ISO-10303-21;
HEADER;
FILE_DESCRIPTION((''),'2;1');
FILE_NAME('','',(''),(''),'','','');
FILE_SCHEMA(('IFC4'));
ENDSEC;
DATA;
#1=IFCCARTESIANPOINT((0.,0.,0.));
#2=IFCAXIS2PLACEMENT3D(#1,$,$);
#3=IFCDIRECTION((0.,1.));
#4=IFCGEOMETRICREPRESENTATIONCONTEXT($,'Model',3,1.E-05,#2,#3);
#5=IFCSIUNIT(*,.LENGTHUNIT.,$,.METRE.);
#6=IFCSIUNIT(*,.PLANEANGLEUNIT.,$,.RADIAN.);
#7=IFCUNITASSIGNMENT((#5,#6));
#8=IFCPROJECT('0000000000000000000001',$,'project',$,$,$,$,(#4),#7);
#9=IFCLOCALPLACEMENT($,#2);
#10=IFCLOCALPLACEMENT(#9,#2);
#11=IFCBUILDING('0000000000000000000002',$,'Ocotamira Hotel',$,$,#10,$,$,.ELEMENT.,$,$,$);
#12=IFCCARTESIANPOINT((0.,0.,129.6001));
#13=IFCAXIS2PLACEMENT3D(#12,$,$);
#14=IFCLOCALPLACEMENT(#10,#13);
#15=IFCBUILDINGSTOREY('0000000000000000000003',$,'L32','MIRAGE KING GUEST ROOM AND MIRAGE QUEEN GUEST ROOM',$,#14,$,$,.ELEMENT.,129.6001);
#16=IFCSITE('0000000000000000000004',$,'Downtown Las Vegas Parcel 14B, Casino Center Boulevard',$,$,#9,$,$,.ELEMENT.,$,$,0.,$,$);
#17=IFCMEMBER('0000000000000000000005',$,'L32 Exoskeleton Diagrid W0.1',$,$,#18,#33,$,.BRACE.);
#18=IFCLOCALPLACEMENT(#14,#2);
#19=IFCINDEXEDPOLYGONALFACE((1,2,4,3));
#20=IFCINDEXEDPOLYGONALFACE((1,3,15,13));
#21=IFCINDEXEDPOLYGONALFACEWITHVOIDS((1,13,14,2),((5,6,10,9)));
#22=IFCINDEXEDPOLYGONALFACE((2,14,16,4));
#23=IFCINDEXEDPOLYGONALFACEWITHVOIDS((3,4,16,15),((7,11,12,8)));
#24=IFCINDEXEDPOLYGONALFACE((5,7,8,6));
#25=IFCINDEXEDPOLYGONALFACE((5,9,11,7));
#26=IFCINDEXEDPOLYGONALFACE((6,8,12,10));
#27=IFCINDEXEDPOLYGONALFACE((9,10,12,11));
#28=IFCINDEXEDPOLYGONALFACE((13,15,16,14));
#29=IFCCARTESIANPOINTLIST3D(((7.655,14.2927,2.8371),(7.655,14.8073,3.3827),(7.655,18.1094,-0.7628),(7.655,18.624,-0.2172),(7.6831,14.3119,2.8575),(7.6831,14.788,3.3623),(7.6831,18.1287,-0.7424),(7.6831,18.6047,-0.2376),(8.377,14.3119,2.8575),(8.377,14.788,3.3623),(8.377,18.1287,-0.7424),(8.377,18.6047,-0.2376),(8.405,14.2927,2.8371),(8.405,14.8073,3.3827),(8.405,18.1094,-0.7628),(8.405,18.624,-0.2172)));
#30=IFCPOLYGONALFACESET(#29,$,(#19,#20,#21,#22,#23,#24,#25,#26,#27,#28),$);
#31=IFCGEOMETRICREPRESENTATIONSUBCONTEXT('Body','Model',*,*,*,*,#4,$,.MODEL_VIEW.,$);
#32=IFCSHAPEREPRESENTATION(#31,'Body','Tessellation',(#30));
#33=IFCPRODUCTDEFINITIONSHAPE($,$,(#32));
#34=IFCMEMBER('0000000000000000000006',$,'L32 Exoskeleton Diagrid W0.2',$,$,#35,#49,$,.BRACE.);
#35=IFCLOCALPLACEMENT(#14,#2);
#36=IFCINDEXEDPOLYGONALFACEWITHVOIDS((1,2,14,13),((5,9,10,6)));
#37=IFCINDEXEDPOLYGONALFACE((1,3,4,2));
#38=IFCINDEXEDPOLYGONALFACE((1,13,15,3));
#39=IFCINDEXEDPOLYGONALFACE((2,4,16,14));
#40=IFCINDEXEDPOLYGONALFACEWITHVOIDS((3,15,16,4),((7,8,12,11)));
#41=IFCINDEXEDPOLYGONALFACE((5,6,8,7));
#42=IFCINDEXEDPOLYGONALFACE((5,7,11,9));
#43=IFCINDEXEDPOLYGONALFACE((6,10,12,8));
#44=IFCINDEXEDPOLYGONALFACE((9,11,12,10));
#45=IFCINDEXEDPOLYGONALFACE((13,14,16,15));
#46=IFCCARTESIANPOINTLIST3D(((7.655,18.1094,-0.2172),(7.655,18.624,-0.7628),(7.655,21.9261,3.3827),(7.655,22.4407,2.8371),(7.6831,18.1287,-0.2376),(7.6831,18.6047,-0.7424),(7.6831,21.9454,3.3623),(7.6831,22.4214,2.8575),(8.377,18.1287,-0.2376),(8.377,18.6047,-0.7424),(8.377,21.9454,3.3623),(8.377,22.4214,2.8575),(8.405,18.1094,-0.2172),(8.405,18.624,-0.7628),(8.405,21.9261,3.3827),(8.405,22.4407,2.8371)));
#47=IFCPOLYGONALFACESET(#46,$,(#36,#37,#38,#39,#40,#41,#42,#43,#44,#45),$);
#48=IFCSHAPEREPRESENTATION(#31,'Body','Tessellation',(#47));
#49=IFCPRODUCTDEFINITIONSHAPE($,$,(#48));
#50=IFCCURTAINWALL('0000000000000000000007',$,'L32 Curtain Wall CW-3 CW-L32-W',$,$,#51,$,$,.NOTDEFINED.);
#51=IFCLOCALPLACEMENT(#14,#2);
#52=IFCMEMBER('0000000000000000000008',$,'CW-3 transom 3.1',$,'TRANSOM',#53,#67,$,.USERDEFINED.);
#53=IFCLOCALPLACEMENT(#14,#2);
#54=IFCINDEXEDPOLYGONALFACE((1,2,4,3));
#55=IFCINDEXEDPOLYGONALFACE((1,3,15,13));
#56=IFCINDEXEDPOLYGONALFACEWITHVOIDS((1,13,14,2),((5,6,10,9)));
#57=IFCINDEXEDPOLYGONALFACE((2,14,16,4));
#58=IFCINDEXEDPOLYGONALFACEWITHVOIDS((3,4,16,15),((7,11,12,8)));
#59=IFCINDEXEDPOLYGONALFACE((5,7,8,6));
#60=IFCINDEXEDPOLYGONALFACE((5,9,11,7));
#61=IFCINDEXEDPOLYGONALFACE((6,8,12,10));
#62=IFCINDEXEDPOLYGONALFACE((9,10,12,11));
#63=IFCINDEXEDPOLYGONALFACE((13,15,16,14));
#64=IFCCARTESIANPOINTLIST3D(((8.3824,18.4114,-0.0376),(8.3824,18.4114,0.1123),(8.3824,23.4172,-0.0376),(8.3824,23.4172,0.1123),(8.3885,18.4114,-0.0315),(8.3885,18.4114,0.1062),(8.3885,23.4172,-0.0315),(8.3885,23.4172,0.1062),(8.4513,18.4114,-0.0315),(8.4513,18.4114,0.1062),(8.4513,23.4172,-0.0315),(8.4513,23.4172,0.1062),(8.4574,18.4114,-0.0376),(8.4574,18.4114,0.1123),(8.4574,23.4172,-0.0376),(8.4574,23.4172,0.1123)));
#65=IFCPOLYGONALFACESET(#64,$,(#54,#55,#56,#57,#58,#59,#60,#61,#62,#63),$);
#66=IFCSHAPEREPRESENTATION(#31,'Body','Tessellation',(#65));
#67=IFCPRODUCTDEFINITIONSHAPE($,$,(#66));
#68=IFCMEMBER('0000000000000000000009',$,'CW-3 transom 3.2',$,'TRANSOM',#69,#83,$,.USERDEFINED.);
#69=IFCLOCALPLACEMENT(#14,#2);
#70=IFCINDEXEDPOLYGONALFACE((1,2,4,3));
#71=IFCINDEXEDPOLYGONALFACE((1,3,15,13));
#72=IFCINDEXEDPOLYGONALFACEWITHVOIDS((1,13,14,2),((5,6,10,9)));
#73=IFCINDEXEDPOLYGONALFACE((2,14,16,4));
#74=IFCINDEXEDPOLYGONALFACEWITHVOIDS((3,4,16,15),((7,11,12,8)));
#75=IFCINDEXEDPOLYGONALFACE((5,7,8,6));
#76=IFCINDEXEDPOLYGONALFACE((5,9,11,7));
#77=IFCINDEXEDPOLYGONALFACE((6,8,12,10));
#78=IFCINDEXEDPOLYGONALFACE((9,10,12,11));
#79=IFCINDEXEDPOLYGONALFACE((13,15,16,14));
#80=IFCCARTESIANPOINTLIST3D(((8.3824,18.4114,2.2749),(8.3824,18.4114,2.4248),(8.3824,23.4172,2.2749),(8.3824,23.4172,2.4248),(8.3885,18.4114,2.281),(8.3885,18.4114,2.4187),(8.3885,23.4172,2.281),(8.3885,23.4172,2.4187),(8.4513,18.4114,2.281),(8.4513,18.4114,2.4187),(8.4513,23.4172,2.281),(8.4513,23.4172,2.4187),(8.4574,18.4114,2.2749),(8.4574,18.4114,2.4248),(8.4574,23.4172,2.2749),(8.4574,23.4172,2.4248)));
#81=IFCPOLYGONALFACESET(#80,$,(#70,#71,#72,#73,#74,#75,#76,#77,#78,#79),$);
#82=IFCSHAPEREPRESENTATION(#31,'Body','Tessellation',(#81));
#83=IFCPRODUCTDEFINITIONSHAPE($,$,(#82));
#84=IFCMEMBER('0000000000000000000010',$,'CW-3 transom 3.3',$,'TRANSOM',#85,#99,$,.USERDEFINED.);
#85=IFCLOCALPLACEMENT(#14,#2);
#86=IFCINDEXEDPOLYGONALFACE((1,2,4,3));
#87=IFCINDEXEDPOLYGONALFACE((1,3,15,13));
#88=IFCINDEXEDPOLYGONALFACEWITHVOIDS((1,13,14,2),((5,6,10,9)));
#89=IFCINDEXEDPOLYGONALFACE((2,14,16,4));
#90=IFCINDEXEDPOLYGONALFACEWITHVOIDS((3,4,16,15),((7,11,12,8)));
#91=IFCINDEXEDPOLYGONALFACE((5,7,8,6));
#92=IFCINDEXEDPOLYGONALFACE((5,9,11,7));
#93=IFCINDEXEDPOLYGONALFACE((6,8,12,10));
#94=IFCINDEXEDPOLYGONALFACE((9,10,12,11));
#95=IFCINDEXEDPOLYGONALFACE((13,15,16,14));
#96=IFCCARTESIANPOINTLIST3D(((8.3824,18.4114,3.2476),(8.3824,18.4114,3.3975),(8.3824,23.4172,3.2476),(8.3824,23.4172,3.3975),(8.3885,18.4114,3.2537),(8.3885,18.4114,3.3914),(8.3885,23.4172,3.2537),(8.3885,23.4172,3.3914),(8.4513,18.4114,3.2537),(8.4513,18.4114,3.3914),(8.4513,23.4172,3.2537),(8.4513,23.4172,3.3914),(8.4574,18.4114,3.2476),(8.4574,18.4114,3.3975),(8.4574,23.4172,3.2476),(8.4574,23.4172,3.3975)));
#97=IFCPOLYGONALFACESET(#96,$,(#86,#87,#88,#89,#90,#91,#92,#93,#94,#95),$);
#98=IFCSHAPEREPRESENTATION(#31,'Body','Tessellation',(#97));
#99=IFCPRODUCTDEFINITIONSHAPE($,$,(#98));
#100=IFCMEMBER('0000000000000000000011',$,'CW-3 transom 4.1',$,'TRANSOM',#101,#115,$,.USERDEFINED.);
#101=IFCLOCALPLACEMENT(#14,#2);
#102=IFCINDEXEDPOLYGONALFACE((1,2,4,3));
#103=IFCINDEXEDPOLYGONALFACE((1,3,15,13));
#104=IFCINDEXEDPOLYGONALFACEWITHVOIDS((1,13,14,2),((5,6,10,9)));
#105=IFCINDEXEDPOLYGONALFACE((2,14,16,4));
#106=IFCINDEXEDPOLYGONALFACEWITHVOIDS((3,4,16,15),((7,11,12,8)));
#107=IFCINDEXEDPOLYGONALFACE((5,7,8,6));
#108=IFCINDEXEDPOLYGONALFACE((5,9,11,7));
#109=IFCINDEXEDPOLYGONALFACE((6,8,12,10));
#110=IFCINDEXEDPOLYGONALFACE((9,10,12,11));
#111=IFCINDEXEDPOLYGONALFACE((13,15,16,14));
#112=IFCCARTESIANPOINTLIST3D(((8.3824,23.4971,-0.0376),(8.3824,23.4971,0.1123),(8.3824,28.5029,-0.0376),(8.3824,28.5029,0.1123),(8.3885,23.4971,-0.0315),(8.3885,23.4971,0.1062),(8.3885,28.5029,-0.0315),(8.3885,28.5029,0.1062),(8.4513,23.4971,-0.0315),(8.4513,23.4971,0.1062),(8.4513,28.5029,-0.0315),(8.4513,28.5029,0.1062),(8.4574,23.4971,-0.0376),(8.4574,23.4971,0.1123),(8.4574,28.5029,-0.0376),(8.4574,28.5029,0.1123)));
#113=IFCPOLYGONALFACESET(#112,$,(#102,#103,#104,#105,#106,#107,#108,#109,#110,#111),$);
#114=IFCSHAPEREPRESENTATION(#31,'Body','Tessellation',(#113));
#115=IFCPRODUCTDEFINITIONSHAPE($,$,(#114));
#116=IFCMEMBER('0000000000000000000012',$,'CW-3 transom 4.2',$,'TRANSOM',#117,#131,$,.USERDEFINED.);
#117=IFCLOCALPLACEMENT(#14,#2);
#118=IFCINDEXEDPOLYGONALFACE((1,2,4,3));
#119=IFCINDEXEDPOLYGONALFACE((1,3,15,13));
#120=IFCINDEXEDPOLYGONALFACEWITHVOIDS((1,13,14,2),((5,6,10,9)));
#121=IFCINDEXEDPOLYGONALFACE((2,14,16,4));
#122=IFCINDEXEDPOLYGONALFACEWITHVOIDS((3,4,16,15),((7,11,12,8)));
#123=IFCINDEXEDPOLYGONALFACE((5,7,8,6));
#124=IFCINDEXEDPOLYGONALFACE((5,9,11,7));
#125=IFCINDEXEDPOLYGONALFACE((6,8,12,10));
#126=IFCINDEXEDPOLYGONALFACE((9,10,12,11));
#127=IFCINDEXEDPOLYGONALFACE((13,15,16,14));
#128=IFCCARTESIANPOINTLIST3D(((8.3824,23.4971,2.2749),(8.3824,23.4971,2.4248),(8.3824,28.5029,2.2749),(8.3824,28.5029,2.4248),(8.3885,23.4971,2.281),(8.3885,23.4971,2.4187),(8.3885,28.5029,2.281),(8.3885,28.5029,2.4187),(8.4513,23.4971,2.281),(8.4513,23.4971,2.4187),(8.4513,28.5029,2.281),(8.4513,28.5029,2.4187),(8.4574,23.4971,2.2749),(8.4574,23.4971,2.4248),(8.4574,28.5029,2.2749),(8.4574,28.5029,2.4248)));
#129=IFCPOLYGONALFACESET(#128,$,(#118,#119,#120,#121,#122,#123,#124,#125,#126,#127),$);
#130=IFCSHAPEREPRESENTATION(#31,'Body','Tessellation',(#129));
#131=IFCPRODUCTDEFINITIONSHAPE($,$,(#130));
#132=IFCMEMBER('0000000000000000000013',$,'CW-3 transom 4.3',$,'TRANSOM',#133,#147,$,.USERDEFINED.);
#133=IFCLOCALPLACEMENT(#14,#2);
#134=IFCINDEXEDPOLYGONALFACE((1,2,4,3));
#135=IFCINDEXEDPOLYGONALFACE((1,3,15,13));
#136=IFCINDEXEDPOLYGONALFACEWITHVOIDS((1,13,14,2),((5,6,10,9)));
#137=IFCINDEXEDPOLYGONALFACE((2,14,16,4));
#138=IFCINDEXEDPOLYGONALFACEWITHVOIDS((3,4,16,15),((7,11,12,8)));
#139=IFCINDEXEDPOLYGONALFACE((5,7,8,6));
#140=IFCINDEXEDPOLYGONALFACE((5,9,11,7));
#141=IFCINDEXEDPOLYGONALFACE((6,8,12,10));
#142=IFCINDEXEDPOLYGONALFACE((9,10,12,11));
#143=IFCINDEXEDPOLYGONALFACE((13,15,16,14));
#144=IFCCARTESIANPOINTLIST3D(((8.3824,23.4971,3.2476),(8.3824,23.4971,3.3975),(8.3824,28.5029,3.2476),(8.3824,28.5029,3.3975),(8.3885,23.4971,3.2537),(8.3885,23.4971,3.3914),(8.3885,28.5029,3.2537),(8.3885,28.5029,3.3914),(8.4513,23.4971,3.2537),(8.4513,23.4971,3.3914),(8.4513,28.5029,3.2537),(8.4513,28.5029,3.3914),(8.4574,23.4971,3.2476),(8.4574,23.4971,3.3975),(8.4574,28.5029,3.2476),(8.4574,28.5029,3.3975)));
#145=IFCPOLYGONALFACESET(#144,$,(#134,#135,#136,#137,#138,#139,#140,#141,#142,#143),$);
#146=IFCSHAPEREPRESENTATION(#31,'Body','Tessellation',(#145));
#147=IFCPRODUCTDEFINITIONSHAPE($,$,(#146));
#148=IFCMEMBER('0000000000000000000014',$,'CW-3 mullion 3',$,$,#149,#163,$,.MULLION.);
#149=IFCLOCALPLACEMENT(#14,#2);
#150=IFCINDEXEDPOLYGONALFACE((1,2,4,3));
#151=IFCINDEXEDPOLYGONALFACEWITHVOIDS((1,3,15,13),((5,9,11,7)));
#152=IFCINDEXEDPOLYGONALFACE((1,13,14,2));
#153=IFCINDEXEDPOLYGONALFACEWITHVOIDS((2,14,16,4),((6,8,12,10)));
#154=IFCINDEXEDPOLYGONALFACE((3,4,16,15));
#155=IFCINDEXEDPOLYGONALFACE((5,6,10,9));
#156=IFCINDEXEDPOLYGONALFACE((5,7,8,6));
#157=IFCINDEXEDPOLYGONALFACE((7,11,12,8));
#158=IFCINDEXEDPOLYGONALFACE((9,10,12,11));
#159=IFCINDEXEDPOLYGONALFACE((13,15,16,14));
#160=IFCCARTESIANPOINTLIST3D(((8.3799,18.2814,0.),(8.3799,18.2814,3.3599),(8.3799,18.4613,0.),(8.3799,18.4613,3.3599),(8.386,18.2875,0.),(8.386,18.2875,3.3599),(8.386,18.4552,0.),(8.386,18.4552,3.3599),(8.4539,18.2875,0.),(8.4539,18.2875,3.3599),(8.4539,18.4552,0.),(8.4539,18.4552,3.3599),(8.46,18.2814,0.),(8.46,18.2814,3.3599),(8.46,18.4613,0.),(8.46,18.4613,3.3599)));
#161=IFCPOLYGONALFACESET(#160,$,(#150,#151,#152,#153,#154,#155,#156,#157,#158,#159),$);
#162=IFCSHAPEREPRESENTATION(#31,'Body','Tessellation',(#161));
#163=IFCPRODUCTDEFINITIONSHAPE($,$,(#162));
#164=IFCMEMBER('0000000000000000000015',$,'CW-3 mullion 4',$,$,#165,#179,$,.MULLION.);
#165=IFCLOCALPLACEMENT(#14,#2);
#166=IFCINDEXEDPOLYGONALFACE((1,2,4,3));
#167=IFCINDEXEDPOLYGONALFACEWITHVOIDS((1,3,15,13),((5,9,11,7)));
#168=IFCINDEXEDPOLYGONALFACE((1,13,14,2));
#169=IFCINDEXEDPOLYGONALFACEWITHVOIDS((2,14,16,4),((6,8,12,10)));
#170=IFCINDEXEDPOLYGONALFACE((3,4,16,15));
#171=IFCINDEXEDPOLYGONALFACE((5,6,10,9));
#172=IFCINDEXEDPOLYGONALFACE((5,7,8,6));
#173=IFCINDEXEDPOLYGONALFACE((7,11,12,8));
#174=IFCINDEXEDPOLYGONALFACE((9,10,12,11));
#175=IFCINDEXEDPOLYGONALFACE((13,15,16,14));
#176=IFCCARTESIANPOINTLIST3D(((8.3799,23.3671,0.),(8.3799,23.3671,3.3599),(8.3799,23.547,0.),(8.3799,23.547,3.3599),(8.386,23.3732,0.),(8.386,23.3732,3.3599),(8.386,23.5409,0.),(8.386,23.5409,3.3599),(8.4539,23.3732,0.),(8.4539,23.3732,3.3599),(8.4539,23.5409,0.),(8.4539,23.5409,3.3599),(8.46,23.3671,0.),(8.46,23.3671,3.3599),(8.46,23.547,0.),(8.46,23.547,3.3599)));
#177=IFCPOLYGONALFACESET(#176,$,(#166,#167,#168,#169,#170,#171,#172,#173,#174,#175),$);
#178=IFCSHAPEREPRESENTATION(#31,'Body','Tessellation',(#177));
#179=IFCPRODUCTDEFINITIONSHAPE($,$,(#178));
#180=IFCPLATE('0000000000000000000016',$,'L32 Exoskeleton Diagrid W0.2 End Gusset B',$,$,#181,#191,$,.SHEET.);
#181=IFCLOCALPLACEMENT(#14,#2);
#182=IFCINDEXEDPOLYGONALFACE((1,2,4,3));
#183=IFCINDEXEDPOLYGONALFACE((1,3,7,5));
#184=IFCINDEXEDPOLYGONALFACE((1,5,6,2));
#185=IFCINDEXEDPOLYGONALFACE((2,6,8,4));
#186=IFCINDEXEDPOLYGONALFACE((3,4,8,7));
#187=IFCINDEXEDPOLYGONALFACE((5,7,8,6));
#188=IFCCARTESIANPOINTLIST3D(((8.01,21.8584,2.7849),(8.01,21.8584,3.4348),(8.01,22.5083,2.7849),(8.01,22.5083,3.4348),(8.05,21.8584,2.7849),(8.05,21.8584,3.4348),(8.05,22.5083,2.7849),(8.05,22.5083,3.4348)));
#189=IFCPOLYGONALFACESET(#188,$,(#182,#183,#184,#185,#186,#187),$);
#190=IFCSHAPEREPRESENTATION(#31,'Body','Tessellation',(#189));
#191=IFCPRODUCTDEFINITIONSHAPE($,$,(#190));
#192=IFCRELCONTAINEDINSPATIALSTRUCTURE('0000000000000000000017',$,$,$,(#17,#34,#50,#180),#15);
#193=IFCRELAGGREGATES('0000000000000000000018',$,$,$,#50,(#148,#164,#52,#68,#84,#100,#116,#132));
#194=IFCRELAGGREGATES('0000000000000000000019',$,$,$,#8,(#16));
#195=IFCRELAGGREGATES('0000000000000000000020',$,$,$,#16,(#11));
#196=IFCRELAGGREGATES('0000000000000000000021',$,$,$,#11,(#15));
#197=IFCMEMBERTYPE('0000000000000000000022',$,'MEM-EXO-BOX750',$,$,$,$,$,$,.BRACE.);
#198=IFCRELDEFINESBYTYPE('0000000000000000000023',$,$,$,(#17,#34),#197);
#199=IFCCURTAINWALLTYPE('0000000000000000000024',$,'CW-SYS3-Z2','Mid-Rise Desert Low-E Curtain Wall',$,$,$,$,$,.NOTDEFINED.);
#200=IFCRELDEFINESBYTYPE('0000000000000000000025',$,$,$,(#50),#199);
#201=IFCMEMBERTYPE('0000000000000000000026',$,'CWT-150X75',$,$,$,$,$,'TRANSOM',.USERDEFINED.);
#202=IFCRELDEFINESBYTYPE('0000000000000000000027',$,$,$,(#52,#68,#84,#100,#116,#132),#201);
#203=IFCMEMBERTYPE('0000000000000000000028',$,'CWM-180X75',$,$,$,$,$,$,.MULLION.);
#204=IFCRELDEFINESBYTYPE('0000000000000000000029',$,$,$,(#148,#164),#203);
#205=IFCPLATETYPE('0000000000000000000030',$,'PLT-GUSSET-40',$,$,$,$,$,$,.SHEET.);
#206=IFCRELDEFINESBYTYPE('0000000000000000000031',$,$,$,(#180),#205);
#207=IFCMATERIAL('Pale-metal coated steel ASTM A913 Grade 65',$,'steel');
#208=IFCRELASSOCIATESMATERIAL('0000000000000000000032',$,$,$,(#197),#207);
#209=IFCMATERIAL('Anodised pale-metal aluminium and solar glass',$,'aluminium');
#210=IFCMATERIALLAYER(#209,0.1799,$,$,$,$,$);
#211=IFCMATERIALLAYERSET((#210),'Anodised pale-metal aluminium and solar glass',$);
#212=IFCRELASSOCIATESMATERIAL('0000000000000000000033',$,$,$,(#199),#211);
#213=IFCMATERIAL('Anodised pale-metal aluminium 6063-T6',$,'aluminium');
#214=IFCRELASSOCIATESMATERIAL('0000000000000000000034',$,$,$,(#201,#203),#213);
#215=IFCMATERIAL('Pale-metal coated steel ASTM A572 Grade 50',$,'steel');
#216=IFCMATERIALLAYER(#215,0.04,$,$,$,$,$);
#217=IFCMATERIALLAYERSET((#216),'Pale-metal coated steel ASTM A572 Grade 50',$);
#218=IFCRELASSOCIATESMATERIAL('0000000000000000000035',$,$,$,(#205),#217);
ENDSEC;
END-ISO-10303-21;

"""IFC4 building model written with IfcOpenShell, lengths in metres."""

from ifc_helpers import new_model, si_unit, direction, frame, origin, origin_2d, place, context, subcontext, project, spatial, rectangle, hollow_rectangle, extrude, source, transform, mapped, material, layer, layer_set, material_profile, profile_set, type_object, element, aggregate, save


model = new_model("IFC4")

# Units and contexts
model_context = context("Model", 3, precision=1e-05, world=origin(), true_north=direction((0.0, 1.0)))
body_context = subcontext(model_context, "Body", "Model", "MODEL_VIEW")
ifc_project = project(units=[si_unit("LENGTHUNIT", "METRE"), si_unit("PLANEANGLEUNIT", "RADIAN")], contexts=[model_context])

# Site, building, storey
site_placement = place(None, origin())
site = spatial("IfcSite", under=ifc_project, at=site_placement, Name="Downtown Las Vegas Parcel 14B, Casino Center Boulevard", CompositionType="ELEMENT", RefElevation=0.0)
building_placement = place(site_placement, origin())
building = spatial("IfcBuilding", under=site, at=building_placement, Name="Ocotamira Hotel", CompositionType="ELEMENT")
storey_placement = place(building_placement, frame((0.0, 0.0, 129.6001)))
storey = spatial("IfcBuildingStorey", under=building, at=storey_placement, Name="L32", Description="MIRAGE KING GUEST ROOM AND MIRAGE QUEEN GUEST ROOM", CompositionType="ELEMENT", Elevation=129.6001)

# Members
ifc_material_1 = material(Name="Pale-metal coated steel ASTM A913 Grade 65", Category="steel")
ifc_material_profile_1 = material_profile(ifc_material_1, hollow_rectangle(XDim=0.75, YDim=0.75, WallThickness=0.0281, at=origin_2d()), Name="BOX750X750X28")
ifc_profile_set_1 = profile_set([ifc_material_profile_1], Name="Pale-metal coated steel ASTM A913 Grade 65")
member_type_1 = type_object("IfcMemberType", Name="MEM-EXO-BOX750", PredefinedType="BRACE", material=ifc_profile_set_1)
shared_shape_1 = source(origin(), body_context, "Body", "SweptSolid", [
    extrude(hollow_rectangle(XDim=0.75, YDim=0.75, WallThickness=0.0281, at=origin_2d()), origin(), (0.0, 0.0, 1.0), 5.2466),
])
for number, where, z_axis, x_axis, name in (
    (1, (8.03, 18.3667, -0.49), (0.0, -0.727466, 0.686144), (1.0, 0.0, 0.0), "L32 Exoskeleton Diagrid W0.1"),
    (2, (8.03, 18.3667, -0.49), (0.0, 0.727466, 0.686144), (-1.0, 0.0, 0.0), "L32 Exoskeleton Diagrid W0.2"),
):
    element("IfcMember", number, at=place(storey_placement, frame(where, z_axis=z_axis, x_axis=x_axis)), inside=storey, type_object=member_type_1, Name=name, PredefinedType="BRACE", context=body_context, shape_type="MappedRepresentation", body=[
        mapped(shared_shape_1, transform((0.0, 0.0, 0.0), scale=1.0)),
    ])

# Curtain wall, members
ifc_material_2 = material(Name="Anodised pale-metal aluminium and solar glass", Category="aluminium")
ifc_layer_1 = layer(ifc_material_2, 0.1799)
ifc_layer_set_1 = layer_set([ifc_layer_1], Name="Anodised pale-metal aluminium and solar glass")
curtain_wall_type = type_object("IfcCurtainWallType", Name="CW-SYS3-Z2", Description="Mid-Rise Desert Low-E Curtain Wall", PredefinedType="NOTDEFINED", material=ifc_layer_set_1)
curtain_wall_placement = place(storey_placement, origin())
curtain_wall = element("IfcCurtainWall", 3, at=curtain_wall_placement, inside=storey, type_object=curtain_wall_type, Name="L32 Curtain Wall CW-3 CW-L32-W", PredefinedType="NOTDEFINED")
ifc_material_3 = material(Name="Anodised pale-metal aluminium 6063-T6", Category="aluminium")
ifc_material_profile_2 = material_profile(ifc_material_3, hollow_rectangle(XDim=0.075, YDim=0.1499, WallThickness=0.0061, at=origin_2d()), Name="HSS150X75X6")
ifc_profile_set_2 = profile_set([ifc_material_profile_2], Name="Anodised pale-metal aluminium 6063-T6")
member_type_2 = type_object("IfcMemberType", Name="CWT-150X75", ElementType="TRANSOM", PredefinedType="USERDEFINED", material=ifc_profile_set_2)
shared_shape_2 = source(origin(), body_context, "Body", "SweptSolid", [
    extrude(hollow_rectangle(XDim=0.075, YDim=0.1499, WallThickness=0.0061, at=origin_2d()), origin(), (0.0, 0.0, 1.0), 5.0059),
])
member_1_placement = place(storey_placement, frame((8.4199, 18.4114, 0.0374), z_axis=(0.0, 1.0, 0.0), x_axis=(-1.0, 0.0, 0.0)))
member_1 = element("IfcMember", 4, at=member_1_placement, type_object=member_type_2, Name="CW-3 transom 3.1", ObjectType="TRANSOM", PredefinedType="USERDEFINED", context=body_context, shape_type="MappedRepresentation", body=[
    mapped(shared_shape_2, transform((0.0, 0.0, 0.0), scale=1.0)),
])
member_2_placement = place(storey_placement, frame((8.4199, 18.4114, 2.3499), z_axis=(0.0, 1.0, 0.0), x_axis=(-1.0, 0.0, 0.0)))
member_2 = element("IfcMember", 5, at=member_2_placement, type_object=member_type_2, Name="CW-3 transom 3.2", ObjectType="TRANSOM", PredefinedType="USERDEFINED", context=body_context, shape_type="MappedRepresentation", body=[
    mapped(shared_shape_2, transform((0.0, 0.0, 0.0), scale=1.0)),
])
member_3_placement = place(storey_placement, frame((8.4199, 18.4114, 3.3225), z_axis=(0.0, 1.0, 0.0), x_axis=(-1.0, 0.0, 0.0)))
member_3 = element("IfcMember", 6, at=member_3_placement, type_object=member_type_2, Name="CW-3 transom 3.3", ObjectType="TRANSOM", PredefinedType="USERDEFINED", context=body_context, shape_type="MappedRepresentation", body=[
    mapped(shared_shape_2, transform((0.0, 0.0, 0.0), scale=1.0)),
])
member_4_placement = place(storey_placement, frame((8.4199, 23.4971, 0.0374), z_axis=(0.0, 1.0, 0.0), x_axis=(-1.0, 0.0, 0.0)))
member_4 = element("IfcMember", 7, at=member_4_placement, type_object=member_type_2, Name="CW-3 transom 4.1", ObjectType="TRANSOM", PredefinedType="USERDEFINED", context=body_context, shape_type="MappedRepresentation", body=[
    mapped(shared_shape_2, transform((0.0, 0.0, 0.0), scale=1.0)),
])
member_5_placement = place(storey_placement, frame((8.4199, 23.4971, 2.3499), z_axis=(0.0, 1.0, 0.0), x_axis=(-1.0, 0.0, 0.0)))
member_5 = element("IfcMember", 8, at=member_5_placement, type_object=member_type_2, Name="CW-3 transom 4.2", ObjectType="TRANSOM", PredefinedType="USERDEFINED", context=body_context, shape_type="MappedRepresentation", body=[
    mapped(shared_shape_2, transform((0.0, 0.0, 0.0), scale=1.0)),
])
member_6_placement = place(storey_placement, frame((8.4199, 23.4971, 3.3225), z_axis=(0.0, 1.0, 0.0), x_axis=(-1.0, 0.0, 0.0)))
member_6 = element("IfcMember", 9, at=member_6_placement, type_object=member_type_2, Name="CW-3 transom 4.3", ObjectType="TRANSOM", PredefinedType="USERDEFINED", context=body_context, shape_type="MappedRepresentation", body=[
    mapped(shared_shape_2, transform((0.0, 0.0, 0.0), scale=1.0)),
])
ifc_material_profile_3 = material_profile(ifc_material_3, hollow_rectangle(XDim=0.0801, YDim=0.1799, WallThickness=0.0061, at=origin_2d()), Name="HSS180X80X6")
ifc_profile_set_3 = profile_set([ifc_material_profile_3], Name="Anodised pale-metal aluminium 6063-T6")
member_type_3 = type_object("IfcMemberType", Name="CWM-180X75", PredefinedType="MULLION", material=ifc_profile_set_3)
shared_shape_3 = source(origin(), body_context, "Body", "SweptSolid", [
    extrude(hollow_rectangle(XDim=0.0801, YDim=0.1799, WallThickness=0.0061, at=origin_2d()), origin(), (0.0, 0.0, 1.0), 3.3599),
])
member_7_placement = place(storey_placement, frame((8.4199, 18.3713, 0.0), z_axis=(0.0, 0.0, 1.0), x_axis=(-1.0, 0.0, 0.0)))
member_7 = element("IfcMember", 10, at=member_7_placement, type_object=member_type_3, Name="CW-3 mullion 3", PredefinedType="MULLION", context=body_context, shape_type="MappedRepresentation", body=[
    mapped(shared_shape_3, transform((0.0, 0.0, 0.0), scale=1.0)),
])
member_8_placement = place(storey_placement, frame((8.4199, 23.457, 0.0), z_axis=(0.0, 0.0, 1.0), x_axis=(-1.0, 0.0, 0.0)))
member_8 = element("IfcMember", 11, at=member_8_placement, type_object=member_type_3, Name="CW-3 mullion 4", PredefinedType="MULLION", context=body_context, shape_type="MappedRepresentation", body=[
    mapped(shared_shape_3, transform((0.0, 0.0, 0.0), scale=1.0)),
])

# Plate
ifc_material_4 = material(Name="Pale-metal coated steel ASTM A572 Grade 50", Category="steel")
ifc_layer_2 = layer(ifc_material_4, 0.04)
ifc_layer_set_2 = layer_set([ifc_layer_2], Name="Pale-metal coated steel ASTM A572 Grade 50")
plate_type_1 = type_object("IfcPlateType", Name="PLT-GUSSET-40", PredefinedType="SHEET", material=ifc_layer_set_2)
shared_shape_4 = source(origin(), body_context, "Body", "SweptSolid", [
    extrude(rectangle(XDim=0.04, YDim=0.6499, at=origin_2d()), origin(), (0.0, 0.0, 1.0), 0.6499),
])
plate_1_placement = place(storey_placement, frame((8.03, 22.1833, 2.7849), z_axis=(0.0, 0.0, 1.0), x_axis=(1.0, 0.0, 0.0)))
element("IfcPlate", 12, at=plate_1_placement, inside=storey, type_object=plate_type_1, Name="L32 Exoskeleton Diagrid W0.2 End Gusset B", PredefinedType="SHEET", context=body_context, shape_type="MappedRepresentation", body=[
    mapped(shared_shape_4, transform((0.0, 0.0, 0.0), scale=1.0)),
])
aggregate(curtain_wall, [member_7, member_8, member_1, member_2, member_3, member_4, member_5, member_6])

save(model, "model.ifc")
